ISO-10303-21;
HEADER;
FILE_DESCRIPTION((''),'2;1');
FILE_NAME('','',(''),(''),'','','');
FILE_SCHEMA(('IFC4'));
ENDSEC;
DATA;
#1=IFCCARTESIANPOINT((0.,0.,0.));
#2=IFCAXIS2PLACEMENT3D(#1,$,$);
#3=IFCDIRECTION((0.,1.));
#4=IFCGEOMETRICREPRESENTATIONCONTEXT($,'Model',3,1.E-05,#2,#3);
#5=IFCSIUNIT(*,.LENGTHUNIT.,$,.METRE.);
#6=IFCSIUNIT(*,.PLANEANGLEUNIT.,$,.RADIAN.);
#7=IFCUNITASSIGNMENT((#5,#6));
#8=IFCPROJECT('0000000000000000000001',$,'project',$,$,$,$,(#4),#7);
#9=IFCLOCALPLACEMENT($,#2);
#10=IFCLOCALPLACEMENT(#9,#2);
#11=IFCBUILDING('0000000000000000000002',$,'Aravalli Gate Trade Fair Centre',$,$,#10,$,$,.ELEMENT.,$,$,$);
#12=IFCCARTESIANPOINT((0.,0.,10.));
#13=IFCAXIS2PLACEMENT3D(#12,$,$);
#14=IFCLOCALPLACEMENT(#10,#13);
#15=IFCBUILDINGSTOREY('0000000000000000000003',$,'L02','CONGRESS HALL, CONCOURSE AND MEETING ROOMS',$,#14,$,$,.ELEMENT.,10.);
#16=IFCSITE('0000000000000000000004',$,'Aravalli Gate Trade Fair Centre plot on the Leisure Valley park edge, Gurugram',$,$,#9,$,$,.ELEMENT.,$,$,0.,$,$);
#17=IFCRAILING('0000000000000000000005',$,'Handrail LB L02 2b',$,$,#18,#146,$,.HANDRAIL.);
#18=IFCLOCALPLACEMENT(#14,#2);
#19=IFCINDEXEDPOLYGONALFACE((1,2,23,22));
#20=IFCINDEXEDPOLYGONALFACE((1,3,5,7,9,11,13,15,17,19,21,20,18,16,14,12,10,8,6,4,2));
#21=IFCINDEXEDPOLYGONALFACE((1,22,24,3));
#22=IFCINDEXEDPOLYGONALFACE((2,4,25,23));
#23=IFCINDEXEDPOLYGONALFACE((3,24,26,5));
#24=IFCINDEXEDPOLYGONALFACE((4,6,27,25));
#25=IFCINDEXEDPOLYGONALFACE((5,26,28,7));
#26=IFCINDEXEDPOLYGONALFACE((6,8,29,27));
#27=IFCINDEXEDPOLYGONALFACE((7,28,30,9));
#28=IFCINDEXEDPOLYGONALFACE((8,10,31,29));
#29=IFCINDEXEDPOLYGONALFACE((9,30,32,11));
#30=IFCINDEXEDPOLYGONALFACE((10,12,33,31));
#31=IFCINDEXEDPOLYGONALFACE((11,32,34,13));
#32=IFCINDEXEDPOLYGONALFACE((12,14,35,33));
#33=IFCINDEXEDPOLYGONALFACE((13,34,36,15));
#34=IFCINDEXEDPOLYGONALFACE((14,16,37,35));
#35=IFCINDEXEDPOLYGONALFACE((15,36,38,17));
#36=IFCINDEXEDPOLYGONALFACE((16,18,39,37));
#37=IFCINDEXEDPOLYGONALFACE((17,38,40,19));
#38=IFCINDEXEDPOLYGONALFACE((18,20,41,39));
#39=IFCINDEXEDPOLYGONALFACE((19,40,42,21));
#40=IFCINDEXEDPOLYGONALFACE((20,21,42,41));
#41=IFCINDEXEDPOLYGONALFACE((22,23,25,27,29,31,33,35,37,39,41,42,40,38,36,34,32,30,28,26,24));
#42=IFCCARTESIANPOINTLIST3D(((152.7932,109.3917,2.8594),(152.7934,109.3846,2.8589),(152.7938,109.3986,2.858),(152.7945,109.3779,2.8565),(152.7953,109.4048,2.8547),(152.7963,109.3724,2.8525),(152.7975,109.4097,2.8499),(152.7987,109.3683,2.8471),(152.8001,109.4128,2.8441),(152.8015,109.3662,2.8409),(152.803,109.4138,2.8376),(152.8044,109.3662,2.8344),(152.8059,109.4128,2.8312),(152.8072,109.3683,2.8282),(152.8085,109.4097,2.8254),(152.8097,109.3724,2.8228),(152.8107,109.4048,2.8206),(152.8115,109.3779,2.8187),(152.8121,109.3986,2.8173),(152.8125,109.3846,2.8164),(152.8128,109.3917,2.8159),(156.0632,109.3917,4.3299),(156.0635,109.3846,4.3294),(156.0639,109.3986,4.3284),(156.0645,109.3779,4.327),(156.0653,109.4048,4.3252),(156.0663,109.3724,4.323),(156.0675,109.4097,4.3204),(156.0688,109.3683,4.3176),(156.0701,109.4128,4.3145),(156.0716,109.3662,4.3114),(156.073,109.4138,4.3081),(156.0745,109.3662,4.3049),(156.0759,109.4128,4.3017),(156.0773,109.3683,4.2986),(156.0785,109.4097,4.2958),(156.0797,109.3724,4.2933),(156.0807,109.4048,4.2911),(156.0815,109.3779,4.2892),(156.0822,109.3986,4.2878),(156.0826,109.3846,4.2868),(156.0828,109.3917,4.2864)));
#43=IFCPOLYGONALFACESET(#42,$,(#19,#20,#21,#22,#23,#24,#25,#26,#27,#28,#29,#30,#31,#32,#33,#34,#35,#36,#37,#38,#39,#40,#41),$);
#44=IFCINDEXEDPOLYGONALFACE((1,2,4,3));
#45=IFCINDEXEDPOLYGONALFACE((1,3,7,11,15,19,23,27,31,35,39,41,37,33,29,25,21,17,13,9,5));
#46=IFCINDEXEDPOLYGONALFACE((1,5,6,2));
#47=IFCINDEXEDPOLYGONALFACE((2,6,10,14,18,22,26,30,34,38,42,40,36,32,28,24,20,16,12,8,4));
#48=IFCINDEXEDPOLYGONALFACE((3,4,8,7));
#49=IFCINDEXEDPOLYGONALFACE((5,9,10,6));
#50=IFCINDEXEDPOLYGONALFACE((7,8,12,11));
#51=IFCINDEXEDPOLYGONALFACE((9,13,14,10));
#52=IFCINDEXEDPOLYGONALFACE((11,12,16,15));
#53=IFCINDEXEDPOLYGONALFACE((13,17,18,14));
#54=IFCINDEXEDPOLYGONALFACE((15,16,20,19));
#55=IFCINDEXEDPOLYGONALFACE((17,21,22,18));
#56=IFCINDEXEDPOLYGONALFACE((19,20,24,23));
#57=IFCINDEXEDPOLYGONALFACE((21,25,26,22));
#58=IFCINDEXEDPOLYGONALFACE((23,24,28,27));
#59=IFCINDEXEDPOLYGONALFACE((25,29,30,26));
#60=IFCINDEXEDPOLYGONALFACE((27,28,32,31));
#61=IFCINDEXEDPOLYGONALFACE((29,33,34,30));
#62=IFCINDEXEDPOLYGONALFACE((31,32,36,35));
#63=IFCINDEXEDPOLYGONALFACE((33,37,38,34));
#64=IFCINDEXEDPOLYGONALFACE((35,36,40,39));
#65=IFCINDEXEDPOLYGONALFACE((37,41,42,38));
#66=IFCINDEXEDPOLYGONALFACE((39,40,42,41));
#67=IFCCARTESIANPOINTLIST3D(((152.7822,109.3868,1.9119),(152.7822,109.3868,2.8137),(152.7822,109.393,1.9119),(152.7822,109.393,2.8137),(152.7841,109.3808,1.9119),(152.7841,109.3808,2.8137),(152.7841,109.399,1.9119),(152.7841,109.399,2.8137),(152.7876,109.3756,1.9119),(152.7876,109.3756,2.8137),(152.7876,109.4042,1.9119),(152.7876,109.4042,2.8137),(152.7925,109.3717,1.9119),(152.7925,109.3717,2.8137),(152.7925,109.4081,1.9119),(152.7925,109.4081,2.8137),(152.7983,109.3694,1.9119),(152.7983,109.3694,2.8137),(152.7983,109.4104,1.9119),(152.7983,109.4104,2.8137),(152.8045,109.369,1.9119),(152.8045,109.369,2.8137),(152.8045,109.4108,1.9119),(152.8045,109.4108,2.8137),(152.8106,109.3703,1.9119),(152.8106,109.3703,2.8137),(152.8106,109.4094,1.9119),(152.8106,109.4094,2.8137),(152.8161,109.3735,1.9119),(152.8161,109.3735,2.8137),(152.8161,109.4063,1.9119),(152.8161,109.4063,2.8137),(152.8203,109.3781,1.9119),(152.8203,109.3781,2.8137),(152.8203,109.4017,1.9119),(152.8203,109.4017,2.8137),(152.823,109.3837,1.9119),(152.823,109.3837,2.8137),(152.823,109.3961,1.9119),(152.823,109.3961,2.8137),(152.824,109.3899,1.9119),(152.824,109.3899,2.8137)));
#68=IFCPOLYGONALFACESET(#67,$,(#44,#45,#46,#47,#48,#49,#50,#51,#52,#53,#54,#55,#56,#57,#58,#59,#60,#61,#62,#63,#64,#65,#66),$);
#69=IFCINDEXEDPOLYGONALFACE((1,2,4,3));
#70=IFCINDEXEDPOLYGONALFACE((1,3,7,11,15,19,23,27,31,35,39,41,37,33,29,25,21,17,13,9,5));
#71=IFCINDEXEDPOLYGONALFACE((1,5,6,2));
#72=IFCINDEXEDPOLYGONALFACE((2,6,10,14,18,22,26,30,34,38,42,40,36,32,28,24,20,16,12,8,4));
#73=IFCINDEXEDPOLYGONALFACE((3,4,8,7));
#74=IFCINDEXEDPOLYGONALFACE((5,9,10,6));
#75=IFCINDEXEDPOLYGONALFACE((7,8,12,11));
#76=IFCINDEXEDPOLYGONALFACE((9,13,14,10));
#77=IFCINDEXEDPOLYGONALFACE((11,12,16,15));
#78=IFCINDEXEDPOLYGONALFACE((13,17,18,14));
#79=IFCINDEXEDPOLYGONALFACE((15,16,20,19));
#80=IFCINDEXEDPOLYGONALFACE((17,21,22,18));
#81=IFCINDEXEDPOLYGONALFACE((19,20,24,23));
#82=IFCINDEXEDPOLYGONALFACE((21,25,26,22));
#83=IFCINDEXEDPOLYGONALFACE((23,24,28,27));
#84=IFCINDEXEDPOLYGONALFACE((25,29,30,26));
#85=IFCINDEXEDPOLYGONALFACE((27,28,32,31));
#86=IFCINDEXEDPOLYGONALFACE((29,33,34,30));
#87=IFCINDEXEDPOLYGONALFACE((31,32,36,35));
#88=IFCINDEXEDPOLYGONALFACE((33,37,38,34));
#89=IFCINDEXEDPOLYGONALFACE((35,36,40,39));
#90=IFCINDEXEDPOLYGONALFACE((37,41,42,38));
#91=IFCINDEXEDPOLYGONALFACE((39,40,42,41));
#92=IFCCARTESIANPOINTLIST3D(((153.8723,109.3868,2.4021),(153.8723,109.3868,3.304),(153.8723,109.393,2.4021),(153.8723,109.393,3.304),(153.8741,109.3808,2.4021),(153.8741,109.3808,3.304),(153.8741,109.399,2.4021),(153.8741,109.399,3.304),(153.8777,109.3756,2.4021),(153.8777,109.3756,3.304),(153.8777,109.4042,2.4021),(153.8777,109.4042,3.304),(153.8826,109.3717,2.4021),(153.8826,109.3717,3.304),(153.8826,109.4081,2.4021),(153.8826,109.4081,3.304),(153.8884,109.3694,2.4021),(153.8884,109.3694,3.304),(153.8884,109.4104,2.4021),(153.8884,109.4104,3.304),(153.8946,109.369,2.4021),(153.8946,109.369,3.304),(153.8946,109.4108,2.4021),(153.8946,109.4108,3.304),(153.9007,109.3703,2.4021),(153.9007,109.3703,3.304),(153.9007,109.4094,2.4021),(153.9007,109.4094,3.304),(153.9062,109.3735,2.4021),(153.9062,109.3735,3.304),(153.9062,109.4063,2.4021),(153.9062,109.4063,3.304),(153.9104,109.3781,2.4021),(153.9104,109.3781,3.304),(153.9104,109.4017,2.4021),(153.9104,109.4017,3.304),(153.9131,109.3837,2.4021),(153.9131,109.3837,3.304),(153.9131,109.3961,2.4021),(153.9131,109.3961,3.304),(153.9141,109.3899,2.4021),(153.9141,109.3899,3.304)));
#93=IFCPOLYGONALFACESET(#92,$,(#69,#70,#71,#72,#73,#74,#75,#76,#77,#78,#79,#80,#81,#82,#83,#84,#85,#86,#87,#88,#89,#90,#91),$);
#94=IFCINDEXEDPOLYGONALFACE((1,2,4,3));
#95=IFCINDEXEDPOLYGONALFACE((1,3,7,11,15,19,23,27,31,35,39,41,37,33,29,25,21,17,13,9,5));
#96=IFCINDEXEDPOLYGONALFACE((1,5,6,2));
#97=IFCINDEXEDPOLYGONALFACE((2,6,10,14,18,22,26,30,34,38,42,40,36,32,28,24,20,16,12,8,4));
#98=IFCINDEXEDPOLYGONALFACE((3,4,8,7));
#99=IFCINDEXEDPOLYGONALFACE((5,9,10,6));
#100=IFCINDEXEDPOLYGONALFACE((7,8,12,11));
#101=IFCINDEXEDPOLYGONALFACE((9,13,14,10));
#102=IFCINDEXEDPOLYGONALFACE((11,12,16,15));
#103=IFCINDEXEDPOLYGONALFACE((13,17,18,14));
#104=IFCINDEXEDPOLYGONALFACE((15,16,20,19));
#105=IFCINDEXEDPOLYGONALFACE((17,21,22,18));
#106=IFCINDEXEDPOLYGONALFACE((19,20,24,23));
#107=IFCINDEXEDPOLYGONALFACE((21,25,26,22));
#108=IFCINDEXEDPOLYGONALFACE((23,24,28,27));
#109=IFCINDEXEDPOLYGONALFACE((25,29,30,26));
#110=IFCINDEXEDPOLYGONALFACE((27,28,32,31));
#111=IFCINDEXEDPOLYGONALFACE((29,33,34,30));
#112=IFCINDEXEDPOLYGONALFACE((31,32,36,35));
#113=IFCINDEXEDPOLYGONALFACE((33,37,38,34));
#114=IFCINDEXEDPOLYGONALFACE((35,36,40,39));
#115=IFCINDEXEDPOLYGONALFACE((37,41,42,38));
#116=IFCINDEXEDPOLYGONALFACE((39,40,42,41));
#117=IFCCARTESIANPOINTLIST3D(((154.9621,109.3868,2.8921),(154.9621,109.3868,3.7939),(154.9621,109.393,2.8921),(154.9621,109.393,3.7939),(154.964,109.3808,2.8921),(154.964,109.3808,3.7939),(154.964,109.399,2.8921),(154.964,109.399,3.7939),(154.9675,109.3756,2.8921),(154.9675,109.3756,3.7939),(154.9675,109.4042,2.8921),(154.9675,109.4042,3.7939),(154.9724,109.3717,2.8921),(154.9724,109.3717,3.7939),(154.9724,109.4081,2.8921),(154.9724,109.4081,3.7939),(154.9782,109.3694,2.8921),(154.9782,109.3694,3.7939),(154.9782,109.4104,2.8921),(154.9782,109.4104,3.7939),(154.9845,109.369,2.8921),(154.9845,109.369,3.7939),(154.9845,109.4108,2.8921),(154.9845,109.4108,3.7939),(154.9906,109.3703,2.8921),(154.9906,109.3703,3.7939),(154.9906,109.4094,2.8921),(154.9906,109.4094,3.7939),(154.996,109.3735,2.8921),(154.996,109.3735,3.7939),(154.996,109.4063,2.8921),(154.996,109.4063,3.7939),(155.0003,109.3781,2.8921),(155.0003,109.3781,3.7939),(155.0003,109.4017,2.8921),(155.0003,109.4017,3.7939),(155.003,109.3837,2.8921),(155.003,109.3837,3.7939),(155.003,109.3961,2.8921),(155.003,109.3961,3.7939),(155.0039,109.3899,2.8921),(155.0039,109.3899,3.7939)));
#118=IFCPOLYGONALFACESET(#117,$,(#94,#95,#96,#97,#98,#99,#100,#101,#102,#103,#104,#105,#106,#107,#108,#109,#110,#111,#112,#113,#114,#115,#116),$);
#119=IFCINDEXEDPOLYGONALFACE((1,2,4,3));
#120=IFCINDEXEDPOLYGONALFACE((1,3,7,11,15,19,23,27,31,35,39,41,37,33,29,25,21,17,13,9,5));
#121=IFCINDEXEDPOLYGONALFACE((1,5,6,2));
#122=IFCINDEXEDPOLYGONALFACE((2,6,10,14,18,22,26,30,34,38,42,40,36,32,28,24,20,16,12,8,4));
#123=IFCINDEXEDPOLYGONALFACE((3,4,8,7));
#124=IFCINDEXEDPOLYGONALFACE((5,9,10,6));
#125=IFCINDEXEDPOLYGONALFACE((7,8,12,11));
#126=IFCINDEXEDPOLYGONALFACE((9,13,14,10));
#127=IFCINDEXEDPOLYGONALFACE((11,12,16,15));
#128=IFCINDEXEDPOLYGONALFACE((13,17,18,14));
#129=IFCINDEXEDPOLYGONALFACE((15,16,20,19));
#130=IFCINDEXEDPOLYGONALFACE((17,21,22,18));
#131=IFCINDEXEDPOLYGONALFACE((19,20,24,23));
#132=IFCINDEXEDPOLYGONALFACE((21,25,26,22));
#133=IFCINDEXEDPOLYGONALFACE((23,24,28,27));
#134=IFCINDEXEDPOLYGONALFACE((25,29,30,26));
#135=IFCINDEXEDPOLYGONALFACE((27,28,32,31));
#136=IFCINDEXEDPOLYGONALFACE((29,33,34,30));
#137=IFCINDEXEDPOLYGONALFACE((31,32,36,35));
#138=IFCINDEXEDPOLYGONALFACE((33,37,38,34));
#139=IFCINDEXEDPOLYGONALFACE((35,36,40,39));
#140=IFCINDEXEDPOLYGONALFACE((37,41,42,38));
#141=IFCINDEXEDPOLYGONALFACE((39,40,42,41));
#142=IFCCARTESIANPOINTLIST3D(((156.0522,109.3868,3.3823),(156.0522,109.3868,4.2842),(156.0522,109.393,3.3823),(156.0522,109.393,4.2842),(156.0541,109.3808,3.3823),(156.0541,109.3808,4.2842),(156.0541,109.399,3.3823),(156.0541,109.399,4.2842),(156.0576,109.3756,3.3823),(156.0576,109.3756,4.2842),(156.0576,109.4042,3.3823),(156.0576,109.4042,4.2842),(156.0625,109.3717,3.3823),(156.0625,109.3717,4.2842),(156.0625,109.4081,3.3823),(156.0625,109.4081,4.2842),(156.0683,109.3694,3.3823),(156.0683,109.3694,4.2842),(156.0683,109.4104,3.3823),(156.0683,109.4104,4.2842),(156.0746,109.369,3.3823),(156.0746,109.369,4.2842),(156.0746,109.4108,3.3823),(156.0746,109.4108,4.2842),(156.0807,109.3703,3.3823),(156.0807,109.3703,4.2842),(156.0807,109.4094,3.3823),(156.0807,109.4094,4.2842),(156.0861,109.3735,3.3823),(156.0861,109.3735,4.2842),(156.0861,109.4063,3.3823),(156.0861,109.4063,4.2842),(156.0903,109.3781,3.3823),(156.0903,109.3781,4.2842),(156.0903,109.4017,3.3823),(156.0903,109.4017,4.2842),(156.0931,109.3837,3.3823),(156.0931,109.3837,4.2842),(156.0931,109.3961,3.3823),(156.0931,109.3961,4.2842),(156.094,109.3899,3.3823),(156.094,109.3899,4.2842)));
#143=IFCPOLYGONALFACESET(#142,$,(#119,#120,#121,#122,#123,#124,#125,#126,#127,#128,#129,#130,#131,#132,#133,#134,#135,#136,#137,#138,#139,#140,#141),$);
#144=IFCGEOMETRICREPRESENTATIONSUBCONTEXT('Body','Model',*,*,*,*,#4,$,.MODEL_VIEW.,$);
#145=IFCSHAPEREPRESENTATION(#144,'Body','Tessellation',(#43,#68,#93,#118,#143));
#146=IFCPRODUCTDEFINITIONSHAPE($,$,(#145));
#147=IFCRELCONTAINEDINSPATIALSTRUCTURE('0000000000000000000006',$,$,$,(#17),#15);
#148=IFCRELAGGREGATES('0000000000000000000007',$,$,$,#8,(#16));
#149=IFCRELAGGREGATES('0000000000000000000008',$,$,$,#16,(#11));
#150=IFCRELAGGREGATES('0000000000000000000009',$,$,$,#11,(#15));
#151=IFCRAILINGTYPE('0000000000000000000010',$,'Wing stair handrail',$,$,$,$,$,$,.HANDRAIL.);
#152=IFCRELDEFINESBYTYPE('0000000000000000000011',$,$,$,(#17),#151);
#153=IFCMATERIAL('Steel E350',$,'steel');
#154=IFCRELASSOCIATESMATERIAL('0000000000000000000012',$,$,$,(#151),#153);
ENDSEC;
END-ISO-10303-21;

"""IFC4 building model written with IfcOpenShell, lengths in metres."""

from ifc_helpers import new_model, si_unit, direction, frame, origin, origin_2d, place, context, subcontext, project, spatial, circle, extrude, material, type_object, element, save


model = new_model("IFC4")

# Units and contexts
model_context = context("Model", 3, precision=1e-05, world=origin(), true_north=direction((0.0, 1.0)))
body_context = subcontext(model_context, "Body", "Model", "MODEL_VIEW")
ifc_project = project(units=[si_unit("LENGTHUNIT", "METRE"), si_unit("PLANEANGLEUNIT", "RADIAN")], contexts=[model_context])

# Site, building, storey
site_placement = place(None, origin())
site = spatial("IfcSite", under=ifc_project, at=site_placement, Name="Aravalli Gate Trade Fair Centre plot on the Leisure Valley park edge, Gurugram", CompositionType="ELEMENT", RefElevation=0.0)
building_placement = place(site_placement, origin())
building = spatial("IfcBuilding", under=site, at=building_placement, Name="Aravalli Gate Trade Fair Centre", CompositionType="ELEMENT")
storey_placement = place(building_placement, frame((0.0, 0.0, 10.0)))
storey = spatial("IfcBuildingStorey", under=building, at=storey_placement, Name="L02", Description="CONGRESS HALL, CONCOURSE AND MEETING ROOMS", CompositionType="ELEMENT", Elevation=10.0)

# Shared definitions
ifc_material_1 = material(Name="Steel E350", Category="steel")

# Railing
railing_type_1 = type_object("IfcRailingType", Name="Wing stair handrail", PredefinedType="HANDRAIL", material=ifc_material_1)
railing_1_placement = place(storey_placement, frame((152.803, 109.3899, 1.9119)))
element("IfcRailing", 1, at=railing_1_placement, inside=storey, type_object=railing_type_1, Name="Handrail LB L02 2b", PredefinedType="HANDRAIL", context=body_context, shape_type="SweptSolid", body=[
    extrude(circle(Radius=0.0239, at=origin_2d()), frame((0.0, 0.0, 0.9258), z_axis=(0.912031, 0.0, 0.410121), x_axis=(0.0, 1.0, 0.0)), (0.0, 0.0, 1.0), 3.5854),
    extrude(circle(Radius=0.021, at=origin_2d()), origin(), (0.0, 0.0, 1.0), 0.9019),
    extrude(circle(Radius=0.021, at=origin_2d()), frame((1.0901, 0.0, 0.4902)), (0.0, 0.0, 1.0), 0.9019),
    extrude(circle(Radius=0.021, at=origin_2d()), frame((2.1799, 0.0, 0.9802)), (0.0, 0.0, 1.0), 0.9019),
    extrude(circle(Radius=0.021, at=origin_2d()), frame((3.27, 0.0, 1.4705)), (0.0, 0.0, 1.0), 0.9019),
])

save(model, "model.ifc")
